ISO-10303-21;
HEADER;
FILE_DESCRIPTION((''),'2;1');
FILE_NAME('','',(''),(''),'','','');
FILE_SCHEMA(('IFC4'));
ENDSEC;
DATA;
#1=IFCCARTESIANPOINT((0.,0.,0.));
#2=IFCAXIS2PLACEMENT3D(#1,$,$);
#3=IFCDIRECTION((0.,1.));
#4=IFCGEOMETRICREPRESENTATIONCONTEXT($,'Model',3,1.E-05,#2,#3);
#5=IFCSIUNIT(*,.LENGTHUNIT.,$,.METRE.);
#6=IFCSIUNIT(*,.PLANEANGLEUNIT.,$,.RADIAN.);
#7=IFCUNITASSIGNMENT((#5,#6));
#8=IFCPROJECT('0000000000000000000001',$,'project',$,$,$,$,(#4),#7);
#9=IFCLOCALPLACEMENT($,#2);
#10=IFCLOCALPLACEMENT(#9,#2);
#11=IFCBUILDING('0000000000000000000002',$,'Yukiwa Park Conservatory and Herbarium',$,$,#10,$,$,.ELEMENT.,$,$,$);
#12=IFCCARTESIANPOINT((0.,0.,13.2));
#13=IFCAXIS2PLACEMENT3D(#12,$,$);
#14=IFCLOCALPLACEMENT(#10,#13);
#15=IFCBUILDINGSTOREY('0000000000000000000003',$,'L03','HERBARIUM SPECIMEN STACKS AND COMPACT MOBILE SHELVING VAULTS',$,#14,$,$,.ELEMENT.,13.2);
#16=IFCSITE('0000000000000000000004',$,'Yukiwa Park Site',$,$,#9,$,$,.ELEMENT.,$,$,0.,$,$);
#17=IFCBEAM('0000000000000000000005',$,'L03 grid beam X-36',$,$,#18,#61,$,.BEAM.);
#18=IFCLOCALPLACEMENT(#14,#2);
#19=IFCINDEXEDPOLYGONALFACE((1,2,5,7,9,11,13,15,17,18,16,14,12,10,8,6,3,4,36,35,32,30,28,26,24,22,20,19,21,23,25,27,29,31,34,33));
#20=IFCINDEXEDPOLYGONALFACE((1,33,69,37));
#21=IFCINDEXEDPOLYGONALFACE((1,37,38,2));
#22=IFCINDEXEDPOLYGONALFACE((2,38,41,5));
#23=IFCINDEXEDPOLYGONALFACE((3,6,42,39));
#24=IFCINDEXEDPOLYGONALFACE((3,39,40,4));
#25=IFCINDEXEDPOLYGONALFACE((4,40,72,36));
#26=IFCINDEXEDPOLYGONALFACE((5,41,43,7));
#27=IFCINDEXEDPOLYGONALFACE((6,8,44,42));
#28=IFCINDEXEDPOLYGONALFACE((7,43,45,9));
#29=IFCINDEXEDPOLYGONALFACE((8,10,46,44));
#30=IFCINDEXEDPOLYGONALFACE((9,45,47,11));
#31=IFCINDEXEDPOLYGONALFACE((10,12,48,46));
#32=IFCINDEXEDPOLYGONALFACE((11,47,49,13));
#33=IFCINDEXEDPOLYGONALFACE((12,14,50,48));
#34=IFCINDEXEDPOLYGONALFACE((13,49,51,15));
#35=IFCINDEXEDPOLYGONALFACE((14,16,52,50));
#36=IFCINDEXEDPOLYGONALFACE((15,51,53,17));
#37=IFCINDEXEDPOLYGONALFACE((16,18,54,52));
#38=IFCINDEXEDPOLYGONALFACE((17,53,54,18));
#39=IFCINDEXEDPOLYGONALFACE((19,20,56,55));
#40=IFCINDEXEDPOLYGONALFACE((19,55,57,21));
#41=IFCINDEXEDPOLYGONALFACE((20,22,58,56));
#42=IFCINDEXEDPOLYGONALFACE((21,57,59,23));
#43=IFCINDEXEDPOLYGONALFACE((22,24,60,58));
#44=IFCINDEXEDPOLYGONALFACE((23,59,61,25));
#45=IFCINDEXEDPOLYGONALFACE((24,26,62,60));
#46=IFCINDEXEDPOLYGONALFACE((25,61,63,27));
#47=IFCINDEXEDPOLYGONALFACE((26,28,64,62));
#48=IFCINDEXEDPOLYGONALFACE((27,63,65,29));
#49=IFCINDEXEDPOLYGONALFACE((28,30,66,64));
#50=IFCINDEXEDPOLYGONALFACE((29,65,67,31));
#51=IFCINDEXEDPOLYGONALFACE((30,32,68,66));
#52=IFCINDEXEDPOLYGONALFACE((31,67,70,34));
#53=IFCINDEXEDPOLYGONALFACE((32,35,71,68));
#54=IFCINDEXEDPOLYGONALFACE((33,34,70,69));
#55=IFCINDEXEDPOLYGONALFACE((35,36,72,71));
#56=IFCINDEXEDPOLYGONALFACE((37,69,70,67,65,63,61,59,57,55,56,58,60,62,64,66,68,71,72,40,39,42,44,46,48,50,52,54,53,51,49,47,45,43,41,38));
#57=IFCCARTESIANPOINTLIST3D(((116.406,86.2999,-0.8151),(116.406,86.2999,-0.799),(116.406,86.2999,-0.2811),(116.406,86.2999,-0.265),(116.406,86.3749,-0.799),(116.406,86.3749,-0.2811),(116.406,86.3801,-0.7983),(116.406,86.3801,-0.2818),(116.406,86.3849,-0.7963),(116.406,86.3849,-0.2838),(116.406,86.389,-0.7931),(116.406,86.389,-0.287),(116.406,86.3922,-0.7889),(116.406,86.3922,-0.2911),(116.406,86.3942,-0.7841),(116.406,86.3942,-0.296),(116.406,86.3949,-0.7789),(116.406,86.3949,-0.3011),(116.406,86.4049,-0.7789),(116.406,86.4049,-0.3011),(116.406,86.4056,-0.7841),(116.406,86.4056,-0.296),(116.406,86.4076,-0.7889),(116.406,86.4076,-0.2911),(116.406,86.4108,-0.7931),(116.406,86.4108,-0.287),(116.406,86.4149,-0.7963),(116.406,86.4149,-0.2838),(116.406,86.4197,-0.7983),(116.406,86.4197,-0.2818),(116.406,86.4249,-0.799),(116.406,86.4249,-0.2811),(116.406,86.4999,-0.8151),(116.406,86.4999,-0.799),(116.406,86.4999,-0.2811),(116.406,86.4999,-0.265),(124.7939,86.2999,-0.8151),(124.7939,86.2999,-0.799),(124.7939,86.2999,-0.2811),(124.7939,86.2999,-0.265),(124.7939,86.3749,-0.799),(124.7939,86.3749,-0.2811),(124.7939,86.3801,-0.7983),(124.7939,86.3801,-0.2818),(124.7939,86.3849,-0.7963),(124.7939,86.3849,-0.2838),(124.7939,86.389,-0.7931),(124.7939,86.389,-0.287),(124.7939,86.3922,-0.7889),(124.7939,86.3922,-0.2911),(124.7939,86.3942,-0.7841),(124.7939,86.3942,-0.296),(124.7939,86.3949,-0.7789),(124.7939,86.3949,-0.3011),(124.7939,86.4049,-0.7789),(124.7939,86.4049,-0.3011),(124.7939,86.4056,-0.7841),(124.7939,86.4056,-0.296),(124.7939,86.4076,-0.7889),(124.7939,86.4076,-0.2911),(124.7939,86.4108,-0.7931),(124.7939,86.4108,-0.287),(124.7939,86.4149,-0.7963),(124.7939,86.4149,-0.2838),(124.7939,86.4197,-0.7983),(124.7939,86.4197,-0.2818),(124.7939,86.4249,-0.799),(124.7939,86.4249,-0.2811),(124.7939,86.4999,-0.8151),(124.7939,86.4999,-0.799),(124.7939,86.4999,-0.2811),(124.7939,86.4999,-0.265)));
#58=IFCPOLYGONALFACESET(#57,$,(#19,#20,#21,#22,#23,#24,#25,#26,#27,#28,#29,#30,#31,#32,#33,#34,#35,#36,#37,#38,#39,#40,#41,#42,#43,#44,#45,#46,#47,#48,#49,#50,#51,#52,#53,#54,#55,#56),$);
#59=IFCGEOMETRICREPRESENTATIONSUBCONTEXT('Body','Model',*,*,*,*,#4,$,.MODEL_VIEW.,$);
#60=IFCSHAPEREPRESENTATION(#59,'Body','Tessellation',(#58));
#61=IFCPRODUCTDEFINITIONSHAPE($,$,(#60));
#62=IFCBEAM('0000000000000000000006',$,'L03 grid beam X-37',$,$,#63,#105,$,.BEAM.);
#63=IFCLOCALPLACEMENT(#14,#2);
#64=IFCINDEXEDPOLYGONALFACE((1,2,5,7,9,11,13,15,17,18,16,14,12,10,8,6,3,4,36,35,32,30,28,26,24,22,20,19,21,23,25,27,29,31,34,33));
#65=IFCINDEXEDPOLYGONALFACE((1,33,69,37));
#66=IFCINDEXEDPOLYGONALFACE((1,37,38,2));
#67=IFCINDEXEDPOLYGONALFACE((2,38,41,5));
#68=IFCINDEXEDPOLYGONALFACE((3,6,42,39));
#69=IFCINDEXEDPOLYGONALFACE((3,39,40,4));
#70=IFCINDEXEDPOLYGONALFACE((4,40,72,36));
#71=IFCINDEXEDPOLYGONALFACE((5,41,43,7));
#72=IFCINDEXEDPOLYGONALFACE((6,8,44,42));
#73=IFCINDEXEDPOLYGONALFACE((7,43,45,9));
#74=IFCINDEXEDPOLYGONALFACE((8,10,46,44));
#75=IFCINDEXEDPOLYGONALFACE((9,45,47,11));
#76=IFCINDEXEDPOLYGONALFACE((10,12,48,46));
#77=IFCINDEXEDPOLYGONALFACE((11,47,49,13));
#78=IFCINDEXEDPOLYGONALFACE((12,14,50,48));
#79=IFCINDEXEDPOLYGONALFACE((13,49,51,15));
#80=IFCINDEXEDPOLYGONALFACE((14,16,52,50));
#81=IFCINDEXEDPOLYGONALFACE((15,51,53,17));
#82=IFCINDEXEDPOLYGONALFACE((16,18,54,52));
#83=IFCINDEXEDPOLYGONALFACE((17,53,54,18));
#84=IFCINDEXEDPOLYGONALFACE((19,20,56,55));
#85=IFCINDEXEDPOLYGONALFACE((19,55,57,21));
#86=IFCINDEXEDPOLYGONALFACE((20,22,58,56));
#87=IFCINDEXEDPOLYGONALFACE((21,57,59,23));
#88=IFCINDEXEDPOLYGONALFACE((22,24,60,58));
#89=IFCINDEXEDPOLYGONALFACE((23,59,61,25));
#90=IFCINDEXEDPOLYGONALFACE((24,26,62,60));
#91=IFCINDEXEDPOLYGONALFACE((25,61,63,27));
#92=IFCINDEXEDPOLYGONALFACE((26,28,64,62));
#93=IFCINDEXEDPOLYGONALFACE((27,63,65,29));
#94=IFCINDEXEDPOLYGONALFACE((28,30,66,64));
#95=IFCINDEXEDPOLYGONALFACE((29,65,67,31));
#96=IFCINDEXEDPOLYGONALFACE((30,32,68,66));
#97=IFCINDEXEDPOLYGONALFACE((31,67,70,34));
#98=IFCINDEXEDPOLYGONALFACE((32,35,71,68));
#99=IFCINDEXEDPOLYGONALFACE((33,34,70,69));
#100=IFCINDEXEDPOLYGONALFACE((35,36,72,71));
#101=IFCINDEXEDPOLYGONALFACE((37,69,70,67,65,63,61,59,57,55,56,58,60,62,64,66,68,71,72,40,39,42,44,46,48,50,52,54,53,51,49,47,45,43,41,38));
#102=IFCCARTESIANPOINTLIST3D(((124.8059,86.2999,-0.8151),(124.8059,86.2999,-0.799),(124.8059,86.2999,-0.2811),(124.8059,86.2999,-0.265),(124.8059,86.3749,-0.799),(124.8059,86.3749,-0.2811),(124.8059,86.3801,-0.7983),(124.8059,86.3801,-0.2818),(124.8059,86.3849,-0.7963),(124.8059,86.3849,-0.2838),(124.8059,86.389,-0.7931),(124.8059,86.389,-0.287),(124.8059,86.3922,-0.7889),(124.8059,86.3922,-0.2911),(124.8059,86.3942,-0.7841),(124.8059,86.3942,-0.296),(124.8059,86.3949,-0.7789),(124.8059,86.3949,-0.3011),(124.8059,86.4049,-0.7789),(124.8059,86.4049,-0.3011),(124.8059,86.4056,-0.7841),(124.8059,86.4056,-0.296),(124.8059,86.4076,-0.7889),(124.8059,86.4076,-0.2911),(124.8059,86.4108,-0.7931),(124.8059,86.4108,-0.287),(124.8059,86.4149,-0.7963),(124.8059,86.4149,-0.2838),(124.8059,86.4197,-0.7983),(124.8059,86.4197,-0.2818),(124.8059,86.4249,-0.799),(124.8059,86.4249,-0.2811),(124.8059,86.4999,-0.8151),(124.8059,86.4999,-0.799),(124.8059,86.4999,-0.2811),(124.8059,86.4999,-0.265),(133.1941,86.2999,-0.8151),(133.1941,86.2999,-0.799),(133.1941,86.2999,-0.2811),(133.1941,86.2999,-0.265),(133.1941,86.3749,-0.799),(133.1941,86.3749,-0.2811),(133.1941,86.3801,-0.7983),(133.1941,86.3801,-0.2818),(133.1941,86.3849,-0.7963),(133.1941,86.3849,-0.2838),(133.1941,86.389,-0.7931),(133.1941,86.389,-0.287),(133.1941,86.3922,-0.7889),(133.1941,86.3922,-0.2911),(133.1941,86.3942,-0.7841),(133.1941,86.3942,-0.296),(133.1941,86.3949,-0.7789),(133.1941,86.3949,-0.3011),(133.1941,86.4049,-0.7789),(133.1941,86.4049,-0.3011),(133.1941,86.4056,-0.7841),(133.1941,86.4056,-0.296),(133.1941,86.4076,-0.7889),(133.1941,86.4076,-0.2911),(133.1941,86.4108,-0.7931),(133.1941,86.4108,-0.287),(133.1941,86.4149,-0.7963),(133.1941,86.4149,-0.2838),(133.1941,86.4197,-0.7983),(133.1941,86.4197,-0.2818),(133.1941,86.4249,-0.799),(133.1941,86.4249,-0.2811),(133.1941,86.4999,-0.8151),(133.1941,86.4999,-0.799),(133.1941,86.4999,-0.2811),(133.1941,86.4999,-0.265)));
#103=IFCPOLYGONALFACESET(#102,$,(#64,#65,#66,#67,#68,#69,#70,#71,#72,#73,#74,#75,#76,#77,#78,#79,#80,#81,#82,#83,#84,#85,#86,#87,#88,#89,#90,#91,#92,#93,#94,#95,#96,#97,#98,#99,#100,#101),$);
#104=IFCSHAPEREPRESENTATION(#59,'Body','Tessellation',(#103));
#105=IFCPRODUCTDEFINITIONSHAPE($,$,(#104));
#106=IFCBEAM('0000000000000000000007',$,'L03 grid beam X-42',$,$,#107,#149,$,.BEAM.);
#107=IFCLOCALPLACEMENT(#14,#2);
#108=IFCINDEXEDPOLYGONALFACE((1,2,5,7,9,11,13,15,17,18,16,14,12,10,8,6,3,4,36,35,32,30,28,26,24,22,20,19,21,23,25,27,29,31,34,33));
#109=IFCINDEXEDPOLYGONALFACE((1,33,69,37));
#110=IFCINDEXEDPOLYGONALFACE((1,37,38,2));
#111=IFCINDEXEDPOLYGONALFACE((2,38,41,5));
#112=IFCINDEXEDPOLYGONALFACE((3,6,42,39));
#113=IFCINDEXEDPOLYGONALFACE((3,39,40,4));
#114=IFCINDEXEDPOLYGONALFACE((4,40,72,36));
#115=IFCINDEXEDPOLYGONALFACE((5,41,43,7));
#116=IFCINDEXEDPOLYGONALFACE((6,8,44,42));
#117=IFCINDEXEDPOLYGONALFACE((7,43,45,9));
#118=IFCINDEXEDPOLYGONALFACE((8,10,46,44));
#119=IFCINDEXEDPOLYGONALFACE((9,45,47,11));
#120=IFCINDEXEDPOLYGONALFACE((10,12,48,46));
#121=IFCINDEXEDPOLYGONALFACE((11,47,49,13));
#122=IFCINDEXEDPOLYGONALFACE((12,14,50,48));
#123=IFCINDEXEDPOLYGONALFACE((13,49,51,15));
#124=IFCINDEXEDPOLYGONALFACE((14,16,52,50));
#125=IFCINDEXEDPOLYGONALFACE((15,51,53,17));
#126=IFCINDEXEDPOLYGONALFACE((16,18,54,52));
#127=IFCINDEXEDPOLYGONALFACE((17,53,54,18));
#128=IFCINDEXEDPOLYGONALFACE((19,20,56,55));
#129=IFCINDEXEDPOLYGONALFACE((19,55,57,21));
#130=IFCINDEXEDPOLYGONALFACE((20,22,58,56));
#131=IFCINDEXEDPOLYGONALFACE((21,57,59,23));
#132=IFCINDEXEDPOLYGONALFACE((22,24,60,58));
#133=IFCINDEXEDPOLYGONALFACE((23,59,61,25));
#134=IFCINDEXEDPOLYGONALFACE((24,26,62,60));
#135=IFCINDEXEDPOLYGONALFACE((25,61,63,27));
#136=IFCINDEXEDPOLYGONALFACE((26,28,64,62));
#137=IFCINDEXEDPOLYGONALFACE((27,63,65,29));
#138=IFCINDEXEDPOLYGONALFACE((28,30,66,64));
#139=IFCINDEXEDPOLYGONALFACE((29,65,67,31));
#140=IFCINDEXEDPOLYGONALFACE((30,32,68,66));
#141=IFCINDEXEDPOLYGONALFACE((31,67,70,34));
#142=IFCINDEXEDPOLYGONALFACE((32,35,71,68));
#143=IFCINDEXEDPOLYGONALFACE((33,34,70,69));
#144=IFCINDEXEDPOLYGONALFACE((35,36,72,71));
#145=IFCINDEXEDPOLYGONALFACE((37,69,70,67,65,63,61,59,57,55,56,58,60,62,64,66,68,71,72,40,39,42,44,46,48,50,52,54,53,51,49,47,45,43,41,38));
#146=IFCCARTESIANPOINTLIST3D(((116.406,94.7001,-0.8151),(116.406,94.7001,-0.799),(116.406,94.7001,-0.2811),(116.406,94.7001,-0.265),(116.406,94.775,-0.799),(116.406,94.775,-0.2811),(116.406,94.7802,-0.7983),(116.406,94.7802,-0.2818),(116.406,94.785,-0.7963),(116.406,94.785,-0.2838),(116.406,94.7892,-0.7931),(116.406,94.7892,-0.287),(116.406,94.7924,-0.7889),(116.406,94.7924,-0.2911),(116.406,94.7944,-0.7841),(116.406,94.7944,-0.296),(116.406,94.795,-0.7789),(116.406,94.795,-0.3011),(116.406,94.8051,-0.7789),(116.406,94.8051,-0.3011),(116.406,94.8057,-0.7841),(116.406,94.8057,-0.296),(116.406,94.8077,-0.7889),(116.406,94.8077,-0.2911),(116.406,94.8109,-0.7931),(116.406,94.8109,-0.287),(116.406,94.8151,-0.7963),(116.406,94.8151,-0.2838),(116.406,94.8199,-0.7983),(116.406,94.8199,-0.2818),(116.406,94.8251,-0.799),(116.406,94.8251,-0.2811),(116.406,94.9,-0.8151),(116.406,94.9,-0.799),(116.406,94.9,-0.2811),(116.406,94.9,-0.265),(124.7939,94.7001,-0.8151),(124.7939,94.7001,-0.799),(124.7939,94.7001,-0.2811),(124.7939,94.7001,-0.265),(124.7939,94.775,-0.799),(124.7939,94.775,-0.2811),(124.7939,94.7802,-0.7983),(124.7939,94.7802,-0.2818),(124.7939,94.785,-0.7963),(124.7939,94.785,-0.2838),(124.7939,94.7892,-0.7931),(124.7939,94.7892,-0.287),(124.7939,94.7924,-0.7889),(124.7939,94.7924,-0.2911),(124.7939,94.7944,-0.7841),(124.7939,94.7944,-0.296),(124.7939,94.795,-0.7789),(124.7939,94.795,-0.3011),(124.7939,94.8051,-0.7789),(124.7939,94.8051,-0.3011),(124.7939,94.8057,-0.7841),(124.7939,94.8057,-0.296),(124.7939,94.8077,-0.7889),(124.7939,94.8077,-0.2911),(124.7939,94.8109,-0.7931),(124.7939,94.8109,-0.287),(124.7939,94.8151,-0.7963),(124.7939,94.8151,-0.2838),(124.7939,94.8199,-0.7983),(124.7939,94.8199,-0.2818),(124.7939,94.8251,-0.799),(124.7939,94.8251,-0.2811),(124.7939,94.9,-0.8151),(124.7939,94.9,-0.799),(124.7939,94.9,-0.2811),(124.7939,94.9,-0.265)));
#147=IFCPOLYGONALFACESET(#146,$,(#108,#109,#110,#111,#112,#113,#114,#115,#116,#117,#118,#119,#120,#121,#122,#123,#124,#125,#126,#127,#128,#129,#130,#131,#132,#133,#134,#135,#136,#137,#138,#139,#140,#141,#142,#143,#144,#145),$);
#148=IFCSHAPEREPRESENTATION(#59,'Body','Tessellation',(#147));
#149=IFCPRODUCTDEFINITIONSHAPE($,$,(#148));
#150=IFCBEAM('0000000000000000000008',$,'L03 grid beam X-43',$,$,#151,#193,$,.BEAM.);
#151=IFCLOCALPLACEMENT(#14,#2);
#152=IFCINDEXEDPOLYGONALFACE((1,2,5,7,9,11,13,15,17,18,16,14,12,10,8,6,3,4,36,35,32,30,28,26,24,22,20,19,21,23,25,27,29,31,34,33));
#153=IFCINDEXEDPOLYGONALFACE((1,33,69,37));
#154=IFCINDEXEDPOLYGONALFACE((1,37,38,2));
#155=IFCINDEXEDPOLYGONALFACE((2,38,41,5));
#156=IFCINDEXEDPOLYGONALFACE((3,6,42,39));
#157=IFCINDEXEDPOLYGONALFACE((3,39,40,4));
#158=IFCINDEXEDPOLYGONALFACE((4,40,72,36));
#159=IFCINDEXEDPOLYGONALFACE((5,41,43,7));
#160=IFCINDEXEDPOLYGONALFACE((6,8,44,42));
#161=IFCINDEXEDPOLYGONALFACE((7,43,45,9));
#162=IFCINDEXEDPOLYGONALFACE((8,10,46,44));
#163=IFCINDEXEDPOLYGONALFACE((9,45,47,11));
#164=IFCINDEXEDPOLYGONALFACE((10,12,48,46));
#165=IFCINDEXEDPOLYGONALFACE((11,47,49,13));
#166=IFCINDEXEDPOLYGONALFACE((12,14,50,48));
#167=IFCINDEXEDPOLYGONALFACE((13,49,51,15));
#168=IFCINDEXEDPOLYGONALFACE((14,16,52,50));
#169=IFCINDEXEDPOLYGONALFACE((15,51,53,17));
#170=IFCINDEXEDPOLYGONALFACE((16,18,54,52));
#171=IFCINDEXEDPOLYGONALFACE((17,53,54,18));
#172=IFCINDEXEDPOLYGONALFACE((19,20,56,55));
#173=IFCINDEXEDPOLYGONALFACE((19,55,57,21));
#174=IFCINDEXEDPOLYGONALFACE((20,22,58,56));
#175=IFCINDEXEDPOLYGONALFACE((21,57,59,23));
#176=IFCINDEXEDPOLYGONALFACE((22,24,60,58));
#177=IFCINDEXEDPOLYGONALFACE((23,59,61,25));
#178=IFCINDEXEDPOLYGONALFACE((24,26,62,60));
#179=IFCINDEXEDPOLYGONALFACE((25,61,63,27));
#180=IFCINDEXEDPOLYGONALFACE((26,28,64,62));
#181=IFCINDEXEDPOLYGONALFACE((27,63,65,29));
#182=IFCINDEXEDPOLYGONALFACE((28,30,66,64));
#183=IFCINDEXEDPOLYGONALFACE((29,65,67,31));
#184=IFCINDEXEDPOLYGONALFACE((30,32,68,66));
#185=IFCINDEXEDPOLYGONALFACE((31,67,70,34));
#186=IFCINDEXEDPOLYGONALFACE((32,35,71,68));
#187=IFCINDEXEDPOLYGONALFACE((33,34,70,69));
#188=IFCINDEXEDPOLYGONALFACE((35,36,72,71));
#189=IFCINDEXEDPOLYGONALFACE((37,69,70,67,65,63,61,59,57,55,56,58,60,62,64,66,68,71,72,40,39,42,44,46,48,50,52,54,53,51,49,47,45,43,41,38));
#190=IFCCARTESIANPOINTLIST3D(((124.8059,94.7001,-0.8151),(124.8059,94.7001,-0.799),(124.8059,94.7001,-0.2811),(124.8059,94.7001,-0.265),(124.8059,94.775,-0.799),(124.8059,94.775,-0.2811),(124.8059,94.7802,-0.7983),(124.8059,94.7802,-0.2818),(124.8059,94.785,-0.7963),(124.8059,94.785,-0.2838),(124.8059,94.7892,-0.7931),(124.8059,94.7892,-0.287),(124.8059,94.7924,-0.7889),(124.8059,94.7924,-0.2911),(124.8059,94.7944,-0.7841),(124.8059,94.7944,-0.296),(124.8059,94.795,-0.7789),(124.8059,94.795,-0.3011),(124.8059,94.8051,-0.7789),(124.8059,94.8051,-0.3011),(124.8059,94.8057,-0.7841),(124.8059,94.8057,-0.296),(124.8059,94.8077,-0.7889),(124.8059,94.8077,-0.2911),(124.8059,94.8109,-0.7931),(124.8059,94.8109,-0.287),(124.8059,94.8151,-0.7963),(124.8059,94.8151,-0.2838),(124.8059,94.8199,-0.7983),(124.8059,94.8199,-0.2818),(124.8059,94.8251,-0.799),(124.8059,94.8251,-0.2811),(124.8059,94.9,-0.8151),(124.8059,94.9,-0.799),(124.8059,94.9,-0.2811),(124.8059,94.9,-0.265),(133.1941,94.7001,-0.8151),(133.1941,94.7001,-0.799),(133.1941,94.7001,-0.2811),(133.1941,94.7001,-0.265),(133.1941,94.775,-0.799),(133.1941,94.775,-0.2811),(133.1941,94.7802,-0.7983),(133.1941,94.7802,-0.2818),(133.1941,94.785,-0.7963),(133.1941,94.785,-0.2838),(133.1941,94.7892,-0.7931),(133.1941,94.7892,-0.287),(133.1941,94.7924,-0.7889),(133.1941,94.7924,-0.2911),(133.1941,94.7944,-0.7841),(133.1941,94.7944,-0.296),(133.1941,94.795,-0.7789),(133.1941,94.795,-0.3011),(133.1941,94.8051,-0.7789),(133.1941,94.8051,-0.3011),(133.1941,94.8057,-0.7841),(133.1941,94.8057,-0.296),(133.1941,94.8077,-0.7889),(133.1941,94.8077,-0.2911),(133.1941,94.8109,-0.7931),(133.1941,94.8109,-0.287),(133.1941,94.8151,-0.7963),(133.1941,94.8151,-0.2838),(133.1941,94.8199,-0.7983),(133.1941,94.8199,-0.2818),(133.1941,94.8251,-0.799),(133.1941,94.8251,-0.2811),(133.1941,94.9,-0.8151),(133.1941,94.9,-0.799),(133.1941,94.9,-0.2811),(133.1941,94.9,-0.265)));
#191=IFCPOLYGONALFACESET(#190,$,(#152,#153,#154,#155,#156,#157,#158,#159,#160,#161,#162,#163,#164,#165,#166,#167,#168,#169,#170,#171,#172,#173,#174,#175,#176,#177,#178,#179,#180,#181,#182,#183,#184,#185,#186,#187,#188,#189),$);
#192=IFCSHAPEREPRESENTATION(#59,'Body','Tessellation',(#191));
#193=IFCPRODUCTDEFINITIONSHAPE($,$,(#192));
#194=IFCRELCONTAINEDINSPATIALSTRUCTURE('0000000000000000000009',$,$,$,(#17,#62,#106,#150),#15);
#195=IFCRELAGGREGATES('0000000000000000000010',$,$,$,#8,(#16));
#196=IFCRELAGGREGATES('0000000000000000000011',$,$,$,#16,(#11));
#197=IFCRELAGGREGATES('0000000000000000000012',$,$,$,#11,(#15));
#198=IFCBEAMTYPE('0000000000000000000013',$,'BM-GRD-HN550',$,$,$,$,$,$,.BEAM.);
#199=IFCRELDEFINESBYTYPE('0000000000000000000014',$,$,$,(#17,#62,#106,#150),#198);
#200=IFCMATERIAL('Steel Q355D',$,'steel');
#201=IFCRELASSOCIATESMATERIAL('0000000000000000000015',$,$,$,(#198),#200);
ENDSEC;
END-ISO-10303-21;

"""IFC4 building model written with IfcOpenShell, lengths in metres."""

from ifc_helpers import new_model, si_unit, direction, frame, origin, origin_2d, place, context, subcontext, project, spatial, i_section, extrude, material, material_profile, profile_set, type_object, element, save


model = new_model("IFC4")

# Units and contexts
model_context = context("Model", 3, precision=1e-05, world=origin(), true_north=direction((0.0, 1.0)))
body_context = subcontext(model_context, "Body", "Model", "MODEL_VIEW")
ifc_project = project(units=[si_unit("LENGTHUNIT", "METRE"), si_unit("PLANEANGLEUNIT", "RADIAN")], contexts=[model_context])

# Site, building, storey
site_placement = place(None, origin())
site = spatial("IfcSite", under=ifc_project, at=site_placement, Name="Yukiwa Park Site", CompositionType="ELEMENT", RefElevation=0.0)
building_placement = place(site_placement, origin())
building = spatial("IfcBuilding", under=site, at=building_placement, Name="Yukiwa Park Conservatory and Herbarium", CompositionType="ELEMENT")
storey_placement = place(building_placement, frame((0.0, 0.0, 13.2)))
storey = spatial("IfcBuildingStorey", under=building, at=storey_placement, Name="L03", Description="HERBARIUM SPECIMEN STACKS AND COMPACT MOBILE SHELVING VAULTS", CompositionType="ELEMENT", Elevation=13.2)

# Beams
ifc_material_1 = material(Name="Steel Q355D", Category="steel")
ifc_material_profile_1 = material_profile(ifc_material_1, i_section(OverallWidth=0.2, OverallDepth=0.55, WebThickness=0.01, FlangeThickness=0.0161, FilletRadius=0.02, at=origin_2d()), Name="HN 550x200x10x16")
ifc_profile_set_1 = profile_set([ifc_material_profile_1], Name="Steel Q355D")
beam_type_1 = type_object("IfcBeamType", Name="BM-GRD-HN550", PredefinedType="BEAM", material=ifc_profile_set_1)
beam_1_placement = place(storey_placement, frame((116.406, 86.3999, -0.54), z_axis=(1.0, 0.0, 0.0), x_axis=(0.0, 1.0, 0.0)))
element("IfcBeam", 1, at=beam_1_placement, inside=storey, type_object=beam_type_1, Name="L03 grid beam X-36", PredefinedType="BEAM", context=body_context, shape_type="SweptSolid", body=[
    extrude(i_section(OverallWidth=0.2, OverallDepth=0.55, WebThickness=0.01, FlangeThickness=0.0161, FilletRadius=0.02, at=origin_2d()), origin(), (0.0, 0.0, 1.0), 8.3879),
])
beam_2_placement = place(storey_placement, frame((124.8059, 86.3999, -0.54), z_axis=(1.0, 0.0, 0.0), x_axis=(0.0, 1.0, 0.0)))
element("IfcBeam", 2, at=beam_2_placement, inside=storey, type_object=beam_type_1, Name="L03 grid beam X-37", PredefinedType="BEAM", context=body_context, shape_type="SweptSolid", body=[
    extrude(i_section(OverallWidth=0.2, OverallDepth=0.55, WebThickness=0.01, FlangeThickness=0.0161, FilletRadius=0.02, at=origin_2d()), origin(), (0.0, 0.0, 1.0), 8.3882),
])
beam_3_placement = place(storey_placement, frame((116.406, 94.8, -0.54), z_axis=(1.0, 0.0, 0.0), x_axis=(0.0, 1.0, 0.0)))
element("IfcBeam", 3, at=beam_3_placement, inside=storey, type_object=beam_type_1, Name="L03 grid beam X-42", PredefinedType="BEAM", context=body_context, shape_type="SweptSolid", body=[
    extrude(i_section(OverallWidth=0.2, OverallDepth=0.55, WebThickness=0.01, FlangeThickness=0.0161, FilletRadius=0.02, at=origin_2d()), origin(), (0.0, 0.0, 1.0), 8.3879),
])
beam_4_placement = place(storey_placement, frame((124.8059, 94.8, -0.54), z_axis=(1.0, 0.0, 0.0), x_axis=(0.0, 1.0, 0.0)))
element("IfcBeam", 4, at=beam_4_placement, inside=storey, type_object=beam_type_1, Name="L03 grid beam X-43", PredefinedType="BEAM", context=body_context, shape_type="SweptSolid", body=[
    extrude(i_section(OverallWidth=0.2, OverallDepth=0.55, WebThickness=0.01, FlangeThickness=0.0161, FilletRadius=0.02, at=origin_2d()), origin(), (0.0, 0.0, 1.0), 8.3882),
])

save(model, "model.ifc")
